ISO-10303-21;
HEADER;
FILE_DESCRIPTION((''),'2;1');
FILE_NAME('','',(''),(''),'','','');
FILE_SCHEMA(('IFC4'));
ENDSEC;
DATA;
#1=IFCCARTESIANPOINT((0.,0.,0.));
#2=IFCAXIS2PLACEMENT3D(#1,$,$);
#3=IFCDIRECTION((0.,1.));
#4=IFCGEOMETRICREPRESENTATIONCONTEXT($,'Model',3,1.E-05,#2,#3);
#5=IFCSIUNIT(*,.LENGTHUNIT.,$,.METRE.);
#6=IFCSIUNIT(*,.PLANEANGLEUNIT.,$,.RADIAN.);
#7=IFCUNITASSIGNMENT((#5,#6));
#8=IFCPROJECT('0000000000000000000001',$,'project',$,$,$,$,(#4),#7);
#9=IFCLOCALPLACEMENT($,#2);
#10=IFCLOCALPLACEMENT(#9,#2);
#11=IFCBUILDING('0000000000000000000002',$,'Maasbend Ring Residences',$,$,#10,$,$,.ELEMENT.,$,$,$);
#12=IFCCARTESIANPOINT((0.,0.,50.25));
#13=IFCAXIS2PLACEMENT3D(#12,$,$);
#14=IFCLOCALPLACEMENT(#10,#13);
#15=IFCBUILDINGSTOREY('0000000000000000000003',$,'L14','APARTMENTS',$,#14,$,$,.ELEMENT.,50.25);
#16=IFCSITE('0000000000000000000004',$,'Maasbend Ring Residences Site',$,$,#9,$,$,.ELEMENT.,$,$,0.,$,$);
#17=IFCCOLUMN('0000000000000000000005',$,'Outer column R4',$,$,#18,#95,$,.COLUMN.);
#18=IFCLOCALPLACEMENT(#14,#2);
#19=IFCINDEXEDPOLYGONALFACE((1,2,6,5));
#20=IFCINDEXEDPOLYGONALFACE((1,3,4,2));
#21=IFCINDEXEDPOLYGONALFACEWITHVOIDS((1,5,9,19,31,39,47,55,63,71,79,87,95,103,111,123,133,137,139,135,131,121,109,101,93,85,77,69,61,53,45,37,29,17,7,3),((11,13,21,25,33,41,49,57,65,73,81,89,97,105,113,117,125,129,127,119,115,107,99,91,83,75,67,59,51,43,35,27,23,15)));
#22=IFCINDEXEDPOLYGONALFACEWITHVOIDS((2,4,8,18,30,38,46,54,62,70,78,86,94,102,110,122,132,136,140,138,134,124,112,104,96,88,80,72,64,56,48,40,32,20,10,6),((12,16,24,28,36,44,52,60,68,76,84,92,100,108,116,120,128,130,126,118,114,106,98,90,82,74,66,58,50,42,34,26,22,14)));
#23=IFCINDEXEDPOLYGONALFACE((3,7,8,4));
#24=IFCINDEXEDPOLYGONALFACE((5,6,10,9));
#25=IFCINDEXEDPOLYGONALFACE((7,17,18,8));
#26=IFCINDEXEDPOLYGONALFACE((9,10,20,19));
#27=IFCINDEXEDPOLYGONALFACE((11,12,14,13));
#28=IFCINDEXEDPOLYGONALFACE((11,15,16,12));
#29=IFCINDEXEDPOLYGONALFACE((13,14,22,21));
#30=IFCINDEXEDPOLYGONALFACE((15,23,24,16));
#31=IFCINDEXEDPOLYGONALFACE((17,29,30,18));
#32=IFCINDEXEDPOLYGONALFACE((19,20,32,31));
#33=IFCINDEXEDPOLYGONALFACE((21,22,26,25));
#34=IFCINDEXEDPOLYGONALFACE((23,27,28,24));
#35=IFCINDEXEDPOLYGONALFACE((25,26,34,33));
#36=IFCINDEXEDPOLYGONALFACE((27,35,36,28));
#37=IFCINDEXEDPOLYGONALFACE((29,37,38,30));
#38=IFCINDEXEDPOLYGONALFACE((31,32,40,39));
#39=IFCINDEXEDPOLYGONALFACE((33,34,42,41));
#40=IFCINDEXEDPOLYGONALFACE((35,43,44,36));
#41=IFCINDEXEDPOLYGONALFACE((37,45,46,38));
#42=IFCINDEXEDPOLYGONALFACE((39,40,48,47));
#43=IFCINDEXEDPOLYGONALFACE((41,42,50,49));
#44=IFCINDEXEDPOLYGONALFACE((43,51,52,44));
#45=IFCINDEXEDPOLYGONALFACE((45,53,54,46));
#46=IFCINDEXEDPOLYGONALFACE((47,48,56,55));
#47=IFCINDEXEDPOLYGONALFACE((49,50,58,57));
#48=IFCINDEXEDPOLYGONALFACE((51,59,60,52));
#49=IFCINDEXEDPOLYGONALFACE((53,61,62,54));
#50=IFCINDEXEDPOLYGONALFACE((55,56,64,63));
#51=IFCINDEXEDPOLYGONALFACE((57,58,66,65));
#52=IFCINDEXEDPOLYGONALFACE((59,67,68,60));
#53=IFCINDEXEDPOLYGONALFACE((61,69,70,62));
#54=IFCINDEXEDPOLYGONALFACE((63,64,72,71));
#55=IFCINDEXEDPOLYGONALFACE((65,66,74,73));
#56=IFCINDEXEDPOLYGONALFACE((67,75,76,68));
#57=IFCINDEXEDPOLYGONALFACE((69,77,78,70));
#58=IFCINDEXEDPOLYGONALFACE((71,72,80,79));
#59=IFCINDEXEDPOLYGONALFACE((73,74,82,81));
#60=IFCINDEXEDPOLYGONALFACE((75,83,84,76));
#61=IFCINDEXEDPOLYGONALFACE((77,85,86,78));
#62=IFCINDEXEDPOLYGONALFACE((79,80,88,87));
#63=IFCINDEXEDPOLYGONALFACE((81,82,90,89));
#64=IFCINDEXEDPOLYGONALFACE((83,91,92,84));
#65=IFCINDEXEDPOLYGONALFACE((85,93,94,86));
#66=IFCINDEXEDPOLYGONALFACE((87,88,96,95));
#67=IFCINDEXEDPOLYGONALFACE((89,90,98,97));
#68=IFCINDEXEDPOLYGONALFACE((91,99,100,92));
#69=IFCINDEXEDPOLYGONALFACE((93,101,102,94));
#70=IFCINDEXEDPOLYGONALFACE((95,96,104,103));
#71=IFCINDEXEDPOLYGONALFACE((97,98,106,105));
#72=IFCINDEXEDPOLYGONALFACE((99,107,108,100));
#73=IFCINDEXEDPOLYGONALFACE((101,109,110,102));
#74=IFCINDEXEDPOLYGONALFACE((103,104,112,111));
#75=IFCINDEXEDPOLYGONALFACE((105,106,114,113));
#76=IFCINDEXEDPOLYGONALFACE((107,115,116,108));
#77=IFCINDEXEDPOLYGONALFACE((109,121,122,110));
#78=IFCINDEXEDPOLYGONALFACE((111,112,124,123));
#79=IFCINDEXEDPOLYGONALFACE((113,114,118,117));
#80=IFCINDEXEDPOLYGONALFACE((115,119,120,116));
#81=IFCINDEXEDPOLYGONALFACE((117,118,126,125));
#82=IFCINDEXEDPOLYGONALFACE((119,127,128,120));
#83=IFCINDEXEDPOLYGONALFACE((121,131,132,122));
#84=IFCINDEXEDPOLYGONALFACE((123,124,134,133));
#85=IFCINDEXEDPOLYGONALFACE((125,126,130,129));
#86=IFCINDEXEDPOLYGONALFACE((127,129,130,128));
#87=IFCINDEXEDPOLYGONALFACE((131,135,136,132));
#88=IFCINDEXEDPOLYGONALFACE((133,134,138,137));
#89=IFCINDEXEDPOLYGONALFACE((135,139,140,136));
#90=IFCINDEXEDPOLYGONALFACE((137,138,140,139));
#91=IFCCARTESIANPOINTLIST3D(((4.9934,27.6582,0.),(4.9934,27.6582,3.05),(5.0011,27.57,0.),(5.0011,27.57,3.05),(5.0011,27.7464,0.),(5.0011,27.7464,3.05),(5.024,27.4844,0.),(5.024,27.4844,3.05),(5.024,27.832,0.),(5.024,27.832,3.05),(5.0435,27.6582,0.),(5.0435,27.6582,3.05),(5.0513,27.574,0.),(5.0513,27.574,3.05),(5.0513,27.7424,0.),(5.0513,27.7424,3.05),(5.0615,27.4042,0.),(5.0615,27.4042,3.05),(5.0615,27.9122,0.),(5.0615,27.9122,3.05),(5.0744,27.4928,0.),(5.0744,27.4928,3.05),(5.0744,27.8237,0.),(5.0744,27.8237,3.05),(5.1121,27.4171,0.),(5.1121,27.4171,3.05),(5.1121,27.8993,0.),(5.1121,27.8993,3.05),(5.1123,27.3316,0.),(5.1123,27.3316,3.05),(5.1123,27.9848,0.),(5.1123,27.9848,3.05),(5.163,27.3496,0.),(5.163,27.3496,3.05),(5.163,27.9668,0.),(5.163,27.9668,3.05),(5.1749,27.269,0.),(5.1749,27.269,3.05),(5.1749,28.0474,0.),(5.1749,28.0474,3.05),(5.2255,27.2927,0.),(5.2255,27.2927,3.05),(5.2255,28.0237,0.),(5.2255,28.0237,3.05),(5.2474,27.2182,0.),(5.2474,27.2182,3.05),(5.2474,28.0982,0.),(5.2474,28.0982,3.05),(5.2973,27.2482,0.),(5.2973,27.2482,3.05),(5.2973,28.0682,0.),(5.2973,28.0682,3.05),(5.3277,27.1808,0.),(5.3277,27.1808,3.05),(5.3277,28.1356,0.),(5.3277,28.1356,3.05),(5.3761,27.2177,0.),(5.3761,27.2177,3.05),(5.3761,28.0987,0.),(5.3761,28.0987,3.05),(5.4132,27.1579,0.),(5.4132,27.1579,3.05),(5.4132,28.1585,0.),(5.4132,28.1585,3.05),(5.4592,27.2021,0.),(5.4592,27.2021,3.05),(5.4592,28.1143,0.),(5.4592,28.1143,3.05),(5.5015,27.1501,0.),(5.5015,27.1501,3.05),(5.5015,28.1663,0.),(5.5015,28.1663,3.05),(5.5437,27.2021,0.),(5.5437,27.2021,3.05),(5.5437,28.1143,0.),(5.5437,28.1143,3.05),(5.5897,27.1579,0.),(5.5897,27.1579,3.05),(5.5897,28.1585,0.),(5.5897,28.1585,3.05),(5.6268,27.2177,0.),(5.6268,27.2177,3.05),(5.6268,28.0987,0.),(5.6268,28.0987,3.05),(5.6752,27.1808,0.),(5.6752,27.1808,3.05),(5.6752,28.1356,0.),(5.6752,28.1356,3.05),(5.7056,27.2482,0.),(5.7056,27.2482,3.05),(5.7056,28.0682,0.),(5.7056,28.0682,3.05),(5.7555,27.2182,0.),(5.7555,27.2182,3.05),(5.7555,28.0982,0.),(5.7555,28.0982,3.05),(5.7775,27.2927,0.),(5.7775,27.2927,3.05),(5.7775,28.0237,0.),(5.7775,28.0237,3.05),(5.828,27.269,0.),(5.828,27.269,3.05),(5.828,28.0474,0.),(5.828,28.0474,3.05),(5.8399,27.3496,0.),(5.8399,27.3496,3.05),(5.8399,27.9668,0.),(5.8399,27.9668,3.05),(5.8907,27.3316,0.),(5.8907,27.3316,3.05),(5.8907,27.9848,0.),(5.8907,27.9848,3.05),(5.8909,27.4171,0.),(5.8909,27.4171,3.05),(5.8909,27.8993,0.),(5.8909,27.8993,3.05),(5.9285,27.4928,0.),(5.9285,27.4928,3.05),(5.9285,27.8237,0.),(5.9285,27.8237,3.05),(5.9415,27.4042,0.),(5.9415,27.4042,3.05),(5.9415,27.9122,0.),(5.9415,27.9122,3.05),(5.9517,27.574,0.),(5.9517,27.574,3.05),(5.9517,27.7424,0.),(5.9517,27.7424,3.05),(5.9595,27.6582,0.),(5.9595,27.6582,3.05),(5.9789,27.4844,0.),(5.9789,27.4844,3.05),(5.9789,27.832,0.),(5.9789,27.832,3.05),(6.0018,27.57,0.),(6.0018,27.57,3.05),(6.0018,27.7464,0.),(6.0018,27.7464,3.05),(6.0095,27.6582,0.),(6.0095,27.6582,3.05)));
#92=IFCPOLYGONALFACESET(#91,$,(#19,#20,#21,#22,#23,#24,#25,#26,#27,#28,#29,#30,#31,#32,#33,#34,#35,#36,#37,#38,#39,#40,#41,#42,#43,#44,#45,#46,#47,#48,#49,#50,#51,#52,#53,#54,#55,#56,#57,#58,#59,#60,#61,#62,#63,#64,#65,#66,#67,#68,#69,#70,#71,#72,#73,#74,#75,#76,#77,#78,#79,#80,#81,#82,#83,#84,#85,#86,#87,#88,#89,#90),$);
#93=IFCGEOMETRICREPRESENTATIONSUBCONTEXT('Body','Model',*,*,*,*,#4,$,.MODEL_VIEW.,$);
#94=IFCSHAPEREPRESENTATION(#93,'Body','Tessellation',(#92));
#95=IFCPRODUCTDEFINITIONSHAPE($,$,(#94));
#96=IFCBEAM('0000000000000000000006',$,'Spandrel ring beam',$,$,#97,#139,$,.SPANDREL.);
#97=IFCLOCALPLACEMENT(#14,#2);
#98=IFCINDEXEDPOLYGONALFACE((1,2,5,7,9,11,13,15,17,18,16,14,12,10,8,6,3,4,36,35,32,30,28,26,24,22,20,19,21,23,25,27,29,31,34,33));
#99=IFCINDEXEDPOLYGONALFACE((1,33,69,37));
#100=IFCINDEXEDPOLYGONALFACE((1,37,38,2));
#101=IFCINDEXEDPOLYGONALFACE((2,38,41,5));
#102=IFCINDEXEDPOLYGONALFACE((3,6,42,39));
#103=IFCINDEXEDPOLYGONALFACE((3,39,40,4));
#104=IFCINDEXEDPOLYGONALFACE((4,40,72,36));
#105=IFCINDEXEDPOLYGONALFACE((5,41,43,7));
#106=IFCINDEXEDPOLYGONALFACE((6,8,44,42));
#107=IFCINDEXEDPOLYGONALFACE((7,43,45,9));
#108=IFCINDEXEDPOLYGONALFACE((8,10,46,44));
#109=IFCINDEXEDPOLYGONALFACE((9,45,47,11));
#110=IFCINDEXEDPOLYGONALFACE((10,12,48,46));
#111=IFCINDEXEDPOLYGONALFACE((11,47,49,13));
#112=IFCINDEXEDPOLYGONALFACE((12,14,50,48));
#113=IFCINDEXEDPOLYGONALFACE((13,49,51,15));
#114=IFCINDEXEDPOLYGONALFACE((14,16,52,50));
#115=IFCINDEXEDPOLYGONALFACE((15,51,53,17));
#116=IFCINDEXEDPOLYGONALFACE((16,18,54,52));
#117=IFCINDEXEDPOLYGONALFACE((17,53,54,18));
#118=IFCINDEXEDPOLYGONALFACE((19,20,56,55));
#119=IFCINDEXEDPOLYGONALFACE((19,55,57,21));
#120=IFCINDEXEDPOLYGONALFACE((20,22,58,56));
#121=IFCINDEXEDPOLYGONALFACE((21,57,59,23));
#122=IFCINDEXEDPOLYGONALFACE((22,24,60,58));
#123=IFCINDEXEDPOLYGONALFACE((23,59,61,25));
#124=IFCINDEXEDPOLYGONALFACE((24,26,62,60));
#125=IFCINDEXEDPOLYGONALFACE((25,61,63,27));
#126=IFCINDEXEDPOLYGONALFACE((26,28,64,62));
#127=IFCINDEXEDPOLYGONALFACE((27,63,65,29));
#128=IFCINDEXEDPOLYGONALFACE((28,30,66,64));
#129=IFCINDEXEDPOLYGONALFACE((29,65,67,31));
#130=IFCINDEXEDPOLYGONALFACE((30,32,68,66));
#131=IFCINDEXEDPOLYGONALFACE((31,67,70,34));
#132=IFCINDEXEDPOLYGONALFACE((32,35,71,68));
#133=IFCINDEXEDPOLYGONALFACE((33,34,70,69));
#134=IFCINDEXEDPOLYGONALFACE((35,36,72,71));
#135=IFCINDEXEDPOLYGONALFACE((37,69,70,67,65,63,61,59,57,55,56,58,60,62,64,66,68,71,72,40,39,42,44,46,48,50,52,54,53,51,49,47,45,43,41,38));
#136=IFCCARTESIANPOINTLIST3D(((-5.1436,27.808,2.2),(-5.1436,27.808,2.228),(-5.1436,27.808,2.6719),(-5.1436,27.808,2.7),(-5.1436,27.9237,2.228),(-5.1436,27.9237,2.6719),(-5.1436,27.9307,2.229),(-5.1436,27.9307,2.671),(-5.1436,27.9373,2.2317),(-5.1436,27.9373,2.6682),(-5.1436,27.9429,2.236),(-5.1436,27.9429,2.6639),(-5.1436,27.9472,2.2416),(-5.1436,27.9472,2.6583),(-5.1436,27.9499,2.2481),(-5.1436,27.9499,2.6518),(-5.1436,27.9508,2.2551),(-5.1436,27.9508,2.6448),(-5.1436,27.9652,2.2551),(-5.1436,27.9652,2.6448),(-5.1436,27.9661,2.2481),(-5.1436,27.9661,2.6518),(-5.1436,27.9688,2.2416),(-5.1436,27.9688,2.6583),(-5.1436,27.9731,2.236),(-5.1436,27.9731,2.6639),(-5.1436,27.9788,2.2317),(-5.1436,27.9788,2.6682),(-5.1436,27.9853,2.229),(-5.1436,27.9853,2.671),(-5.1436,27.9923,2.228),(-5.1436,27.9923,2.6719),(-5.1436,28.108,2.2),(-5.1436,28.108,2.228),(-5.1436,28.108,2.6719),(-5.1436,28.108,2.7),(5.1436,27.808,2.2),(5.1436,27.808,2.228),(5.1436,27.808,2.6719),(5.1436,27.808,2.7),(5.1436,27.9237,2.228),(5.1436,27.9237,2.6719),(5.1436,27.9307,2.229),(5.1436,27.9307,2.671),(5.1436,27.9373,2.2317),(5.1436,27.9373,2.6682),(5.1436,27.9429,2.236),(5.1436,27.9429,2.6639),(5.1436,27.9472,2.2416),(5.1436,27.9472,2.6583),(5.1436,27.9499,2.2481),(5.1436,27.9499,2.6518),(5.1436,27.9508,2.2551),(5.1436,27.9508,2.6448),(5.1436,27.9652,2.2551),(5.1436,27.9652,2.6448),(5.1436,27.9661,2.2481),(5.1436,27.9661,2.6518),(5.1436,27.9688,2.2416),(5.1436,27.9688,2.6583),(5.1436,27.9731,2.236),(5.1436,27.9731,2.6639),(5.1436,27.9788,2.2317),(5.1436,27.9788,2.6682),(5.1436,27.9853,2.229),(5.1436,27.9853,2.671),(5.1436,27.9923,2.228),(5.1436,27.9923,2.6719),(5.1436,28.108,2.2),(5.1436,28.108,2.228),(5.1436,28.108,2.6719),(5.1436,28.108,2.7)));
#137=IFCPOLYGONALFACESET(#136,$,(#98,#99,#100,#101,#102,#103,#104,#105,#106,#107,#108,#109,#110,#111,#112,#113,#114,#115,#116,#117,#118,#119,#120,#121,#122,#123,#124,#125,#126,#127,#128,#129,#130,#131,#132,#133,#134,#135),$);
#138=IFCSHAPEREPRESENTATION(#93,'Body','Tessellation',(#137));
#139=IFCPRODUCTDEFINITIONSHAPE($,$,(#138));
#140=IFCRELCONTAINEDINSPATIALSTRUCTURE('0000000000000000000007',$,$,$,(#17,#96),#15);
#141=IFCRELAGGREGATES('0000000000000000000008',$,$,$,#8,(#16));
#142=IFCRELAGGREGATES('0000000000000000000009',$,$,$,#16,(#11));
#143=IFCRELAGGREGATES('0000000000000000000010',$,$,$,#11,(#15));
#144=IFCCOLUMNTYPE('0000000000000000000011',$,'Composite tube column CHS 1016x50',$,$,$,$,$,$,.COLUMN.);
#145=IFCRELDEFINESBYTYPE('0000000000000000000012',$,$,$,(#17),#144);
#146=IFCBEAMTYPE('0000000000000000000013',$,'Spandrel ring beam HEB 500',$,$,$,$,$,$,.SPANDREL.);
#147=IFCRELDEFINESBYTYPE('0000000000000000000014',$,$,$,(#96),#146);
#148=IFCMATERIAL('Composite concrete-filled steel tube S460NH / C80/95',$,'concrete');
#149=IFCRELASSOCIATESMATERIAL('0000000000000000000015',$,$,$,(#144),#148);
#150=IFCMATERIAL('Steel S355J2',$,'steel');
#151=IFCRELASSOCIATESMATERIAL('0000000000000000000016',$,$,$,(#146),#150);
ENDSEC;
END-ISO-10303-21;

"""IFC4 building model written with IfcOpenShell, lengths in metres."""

from ifc_helpers import new_model, si_unit, direction, frame, origin, origin_2d, place, context, subcontext, project, spatial, hollow_circle, i_section, extrude, material, material_profile, profile_set, type_object, element, save


model = new_model("IFC4")

# Units and contexts
model_context = context("Model", 3, precision=1e-05, world=origin(), true_north=direction((0.0, 1.0)))
body_context = subcontext(model_context, "Body", "Model", "MODEL_VIEW")
ifc_project = project(units=[si_unit("LENGTHUNIT", "METRE"), si_unit("PLANEANGLEUNIT", "RADIAN")], contexts=[model_context])

# Site, building, storey
site_placement = place(None, origin())
site = spatial("IfcSite", under=ifc_project, at=site_placement, Name="Maasbend Ring Residences Site", CompositionType="ELEMENT", RefElevation=0.0)
building_placement = place(site_placement, origin())
building = spatial("IfcBuilding", under=site, at=building_placement, Name="Maasbend Ring Residences", CompositionType="ELEMENT")
storey_placement = place(building_placement, frame((0.0, 0.0, 50.25)))
storey = spatial("IfcBuildingStorey", under=building, at=storey_placement, Name="L14", Description="APARTMENTS", CompositionType="ELEMENT", Elevation=50.25)

# Column
ifc_material_1 = material(Name="Composite concrete-filled steel tube S460NH / C80/95", Category="concrete")
ifc_material_profile_1 = material_profile(ifc_material_1, hollow_circle(Radius=0.5081, WallThickness=0.05, at=origin_2d()), Name="Composite tube column CHS 1016x50")
ifc_profile_set_1 = profile_set([ifc_material_profile_1], Name="Composite concrete-filled steel tube S460NH / C80/95")
column_type = type_object("IfcColumnType", Name="Composite tube column CHS 1016x50", PredefinedType="COLUMN", material=ifc_profile_set_1)
column_placement = place(storey_placement, frame((5.5015, 27.6582, 0.0), z_axis=(0.0, 0.0, 1.0), x_axis=(1.0, 0.0, 0.0)))
element("IfcColumn", 1, at=column_placement, inside=storey, type_object=column_type, Name="Outer column R4", PredefinedType="COLUMN", context=body_context, shape_type="SweptSolid", body=[
    extrude(hollow_circle(Radius=0.5081, WallThickness=0.05, at=origin_2d()), origin(), (0.0, 0.0, 1.0), 3.05),
])

# Beam
ifc_material_2 = material(Name="Steel S355J2", Category="steel")
ifc_material_profile_2 = material_profile(ifc_material_2, i_section(OverallWidth=0.3, OverallDepth=0.5, WebThickness=0.0144, FlangeThickness=0.0281, FilletRadius=0.0271, at=origin_2d()), Name="HEB 500")
ifc_profile_set_2 = profile_set([ifc_material_profile_2], Name="Steel S355J2")
beam_type = type_object("IfcBeamType", Name="Spandrel ring beam HEB 500", PredefinedType="SPANDREL", material=ifc_profile_set_2)
beam_placement = place(storey_placement, frame((5.1436, 27.958, 2.45), z_axis=(-1.0, 0.0, 0.0), x_axis=(0.0, -1.0, 0.0)))
element("IfcBeam", 2, at=beam_placement, inside=storey, type_object=beam_type, Name="Spandrel ring beam", PredefinedType="SPANDREL", context=body_context, shape_type="SweptSolid", body=[
    extrude(i_section(OverallWidth=0.3, OverallDepth=0.5, WebThickness=0.0144, FlangeThickness=0.0281, FilletRadius=0.0271, at=origin_2d()), origin(), (0.0, 0.0, 1.0), 10.2871),
])

save(model, "model.ifc")
